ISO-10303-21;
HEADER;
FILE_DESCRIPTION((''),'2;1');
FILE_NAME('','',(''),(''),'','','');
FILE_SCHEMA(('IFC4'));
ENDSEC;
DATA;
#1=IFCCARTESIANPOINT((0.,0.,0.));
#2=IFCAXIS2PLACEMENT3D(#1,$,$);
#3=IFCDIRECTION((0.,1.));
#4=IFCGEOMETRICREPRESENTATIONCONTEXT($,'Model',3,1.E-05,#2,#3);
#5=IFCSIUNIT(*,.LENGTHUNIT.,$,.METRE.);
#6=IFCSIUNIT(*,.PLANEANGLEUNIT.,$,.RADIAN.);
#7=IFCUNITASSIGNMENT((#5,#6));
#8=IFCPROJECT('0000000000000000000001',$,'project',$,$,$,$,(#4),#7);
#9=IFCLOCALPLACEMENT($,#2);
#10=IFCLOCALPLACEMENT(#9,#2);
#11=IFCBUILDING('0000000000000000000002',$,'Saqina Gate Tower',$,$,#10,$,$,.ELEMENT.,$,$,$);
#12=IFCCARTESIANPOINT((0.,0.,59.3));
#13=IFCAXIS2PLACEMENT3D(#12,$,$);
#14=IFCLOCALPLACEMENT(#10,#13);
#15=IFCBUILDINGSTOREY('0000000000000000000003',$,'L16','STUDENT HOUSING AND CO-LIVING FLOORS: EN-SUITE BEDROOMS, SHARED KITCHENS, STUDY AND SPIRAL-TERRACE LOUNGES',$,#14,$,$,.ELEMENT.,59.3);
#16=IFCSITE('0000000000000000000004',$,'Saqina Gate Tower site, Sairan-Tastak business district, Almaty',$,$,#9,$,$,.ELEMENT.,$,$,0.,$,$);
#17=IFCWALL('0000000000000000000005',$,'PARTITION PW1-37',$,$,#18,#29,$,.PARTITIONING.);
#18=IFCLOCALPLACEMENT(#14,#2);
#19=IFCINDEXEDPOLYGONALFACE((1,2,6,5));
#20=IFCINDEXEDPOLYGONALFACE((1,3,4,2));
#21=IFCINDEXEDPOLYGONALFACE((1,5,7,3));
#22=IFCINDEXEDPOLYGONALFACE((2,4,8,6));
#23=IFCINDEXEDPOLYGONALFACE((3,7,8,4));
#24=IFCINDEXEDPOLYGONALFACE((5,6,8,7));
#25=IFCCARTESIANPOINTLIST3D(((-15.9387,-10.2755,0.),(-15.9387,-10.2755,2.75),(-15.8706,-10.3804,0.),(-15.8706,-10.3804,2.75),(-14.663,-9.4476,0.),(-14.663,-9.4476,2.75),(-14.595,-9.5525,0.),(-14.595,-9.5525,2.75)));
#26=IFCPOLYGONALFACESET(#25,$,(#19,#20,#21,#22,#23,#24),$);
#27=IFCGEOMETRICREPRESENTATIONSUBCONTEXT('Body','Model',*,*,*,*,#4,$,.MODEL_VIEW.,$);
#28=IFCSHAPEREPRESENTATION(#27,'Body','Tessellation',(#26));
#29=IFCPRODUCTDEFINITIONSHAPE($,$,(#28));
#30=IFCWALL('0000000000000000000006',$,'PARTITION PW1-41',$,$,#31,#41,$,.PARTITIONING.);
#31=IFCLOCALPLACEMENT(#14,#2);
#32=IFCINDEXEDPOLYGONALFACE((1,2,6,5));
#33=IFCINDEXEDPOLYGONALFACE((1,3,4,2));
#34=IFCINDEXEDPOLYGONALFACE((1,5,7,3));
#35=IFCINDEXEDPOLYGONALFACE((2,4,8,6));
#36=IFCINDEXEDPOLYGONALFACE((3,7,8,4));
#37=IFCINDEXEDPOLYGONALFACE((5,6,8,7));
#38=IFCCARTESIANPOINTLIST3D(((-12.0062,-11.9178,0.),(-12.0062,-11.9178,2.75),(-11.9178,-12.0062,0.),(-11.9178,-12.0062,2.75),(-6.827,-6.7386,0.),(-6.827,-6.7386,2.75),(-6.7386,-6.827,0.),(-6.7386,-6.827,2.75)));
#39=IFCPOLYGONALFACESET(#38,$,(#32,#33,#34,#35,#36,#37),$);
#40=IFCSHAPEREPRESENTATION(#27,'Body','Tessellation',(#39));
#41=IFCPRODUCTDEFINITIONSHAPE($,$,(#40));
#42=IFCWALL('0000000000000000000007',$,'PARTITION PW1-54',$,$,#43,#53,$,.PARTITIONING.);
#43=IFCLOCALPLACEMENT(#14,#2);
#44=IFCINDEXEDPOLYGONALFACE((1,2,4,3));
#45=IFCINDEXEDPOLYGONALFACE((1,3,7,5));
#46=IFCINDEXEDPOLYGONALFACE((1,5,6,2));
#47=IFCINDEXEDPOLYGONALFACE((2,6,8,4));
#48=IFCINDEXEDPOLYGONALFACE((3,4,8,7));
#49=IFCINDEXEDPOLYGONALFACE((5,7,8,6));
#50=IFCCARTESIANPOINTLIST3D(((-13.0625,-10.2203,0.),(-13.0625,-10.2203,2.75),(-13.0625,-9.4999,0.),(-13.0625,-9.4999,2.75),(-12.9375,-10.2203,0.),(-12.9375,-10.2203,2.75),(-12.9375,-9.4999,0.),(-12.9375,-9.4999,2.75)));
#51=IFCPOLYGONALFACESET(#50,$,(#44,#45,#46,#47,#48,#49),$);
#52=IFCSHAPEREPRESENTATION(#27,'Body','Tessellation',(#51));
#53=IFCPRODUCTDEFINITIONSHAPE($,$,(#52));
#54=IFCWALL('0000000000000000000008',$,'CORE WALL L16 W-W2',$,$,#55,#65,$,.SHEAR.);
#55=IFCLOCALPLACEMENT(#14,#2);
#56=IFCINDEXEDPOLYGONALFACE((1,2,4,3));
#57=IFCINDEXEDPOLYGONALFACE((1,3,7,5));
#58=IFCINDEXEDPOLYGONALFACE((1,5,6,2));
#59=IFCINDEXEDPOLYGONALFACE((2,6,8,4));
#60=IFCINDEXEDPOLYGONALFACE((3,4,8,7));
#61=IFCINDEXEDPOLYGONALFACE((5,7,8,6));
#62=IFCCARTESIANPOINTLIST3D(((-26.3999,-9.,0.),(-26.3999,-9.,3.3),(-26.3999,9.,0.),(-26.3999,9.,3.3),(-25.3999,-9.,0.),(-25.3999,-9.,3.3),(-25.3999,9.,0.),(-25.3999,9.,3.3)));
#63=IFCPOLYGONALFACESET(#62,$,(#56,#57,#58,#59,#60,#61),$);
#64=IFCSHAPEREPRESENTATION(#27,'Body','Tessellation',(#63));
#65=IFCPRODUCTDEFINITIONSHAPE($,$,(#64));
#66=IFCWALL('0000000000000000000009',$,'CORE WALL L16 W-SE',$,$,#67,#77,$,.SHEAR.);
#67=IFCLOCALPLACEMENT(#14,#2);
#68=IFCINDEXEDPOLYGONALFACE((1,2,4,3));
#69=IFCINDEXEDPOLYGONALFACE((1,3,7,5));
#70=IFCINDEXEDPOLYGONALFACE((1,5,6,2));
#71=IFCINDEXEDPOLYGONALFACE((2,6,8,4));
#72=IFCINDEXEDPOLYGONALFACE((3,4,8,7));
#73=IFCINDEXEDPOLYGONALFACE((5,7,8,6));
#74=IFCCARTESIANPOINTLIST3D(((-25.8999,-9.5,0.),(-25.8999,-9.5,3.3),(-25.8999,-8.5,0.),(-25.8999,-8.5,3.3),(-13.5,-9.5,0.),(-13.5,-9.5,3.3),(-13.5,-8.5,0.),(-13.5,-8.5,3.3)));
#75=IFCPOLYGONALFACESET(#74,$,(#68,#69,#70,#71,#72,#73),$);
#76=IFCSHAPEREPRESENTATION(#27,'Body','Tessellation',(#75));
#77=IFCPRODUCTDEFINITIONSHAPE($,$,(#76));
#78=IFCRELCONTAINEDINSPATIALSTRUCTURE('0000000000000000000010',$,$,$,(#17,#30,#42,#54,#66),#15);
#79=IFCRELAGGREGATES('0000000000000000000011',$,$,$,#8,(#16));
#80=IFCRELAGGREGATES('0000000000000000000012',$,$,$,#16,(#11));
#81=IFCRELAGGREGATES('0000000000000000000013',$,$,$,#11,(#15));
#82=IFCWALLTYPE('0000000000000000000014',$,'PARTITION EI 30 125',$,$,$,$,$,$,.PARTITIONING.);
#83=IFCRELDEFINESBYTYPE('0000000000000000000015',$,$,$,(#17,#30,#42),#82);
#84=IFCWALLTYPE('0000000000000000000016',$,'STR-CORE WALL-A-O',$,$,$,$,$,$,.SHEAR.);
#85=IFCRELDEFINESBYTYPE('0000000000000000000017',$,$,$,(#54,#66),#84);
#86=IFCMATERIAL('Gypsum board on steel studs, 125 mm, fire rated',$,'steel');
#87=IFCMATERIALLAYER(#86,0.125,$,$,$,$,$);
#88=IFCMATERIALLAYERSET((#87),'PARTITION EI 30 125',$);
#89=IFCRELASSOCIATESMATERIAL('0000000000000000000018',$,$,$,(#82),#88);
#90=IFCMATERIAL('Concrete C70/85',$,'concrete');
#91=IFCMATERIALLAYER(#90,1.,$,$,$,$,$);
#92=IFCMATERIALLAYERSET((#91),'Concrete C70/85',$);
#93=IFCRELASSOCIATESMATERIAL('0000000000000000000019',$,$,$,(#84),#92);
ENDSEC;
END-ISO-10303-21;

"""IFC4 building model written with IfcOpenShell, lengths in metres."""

from ifc_helpers import new_model, si_unit, direction, frame, frame_2d, origin, place, context, subcontext, project, spatial, rectangle, extrude, material, layer, layer_set, type_object, element, save


model = new_model("IFC4")

# Units and contexts
model_context = context("Model", 3, precision=1e-05, world=origin(), true_north=direction((0.0, 1.0)))
body_context = subcontext(model_context, "Body", "Model", "MODEL_VIEW")
ifc_project = project(units=[si_unit("LENGTHUNIT", "METRE"), si_unit("PLANEANGLEUNIT", "RADIAN")], contexts=[model_context])

# Site, building, storey
site_placement = place(None, origin())
site = spatial("IfcSite", under=ifc_project, at=site_placement, Name="Saqina Gate Tower site, Sairan-Tastak business district, Almaty", CompositionType="ELEMENT", RefElevation=0.0)
building_placement = place(site_placement, origin())
building = spatial("IfcBuilding", under=site, at=building_placement, Name="Saqina Gate Tower", CompositionType="ELEMENT")
storey_placement = place(building_placement, frame((0.0, 0.0, 59.3)))
storey = spatial("IfcBuildingStorey", under=building, at=storey_placement, Name="L16", Description="STUDENT HOUSING AND CO-LIVING FLOORS: EN-SUITE BEDROOMS, SHARED KITCHENS, STUDY AND SPIRAL-TERRACE LOUNGES", CompositionType="ELEMENT", Elevation=59.3)

# Shared definitions
ifc_material_1 = material(Name="Gypsum board on steel studs, 125 mm, fire rated", Category="steel")
ifc_layer_1 = layer(ifc_material_1, 0.125)
ifc_layer_set_1 = layer_set([ifc_layer_1], Name="PARTITION EI 30 125")
wall_type_1 = type_object("IfcWallType", Name="PARTITION EI 30 125", PredefinedType="PARTITIONING", material=ifc_layer_set_1)

# Walls
wall_1_placement = place(storey_placement, frame((-15.9045, -10.3279, 0.0), z_axis=(0.0, 0.0, 1.0), x_axis=(0.838829, 0.544396, 0.0)))
element("IfcWall", 1, at=wall_1_placement, inside=storey, type_object=wall_type_1, Name="PARTITION PW1-37", PredefinedType="PARTITIONING", context=body_context, shape_type="SweptSolid", body=[
    extrude(rectangle(XDim=1.5208, YDim=0.125, at=frame_2d((0.7603, 0.0))), origin(), (0.0, 0.0, 1.0), 2.75),
])
wall_2_placement = place(storey_placement, frame((-11.9619, -11.9619, 0.0), z_axis=(0.0, 0.0, 1.0), x_axis=(0.707107, 0.707107, 0.0)))
element("IfcWall", 2, at=wall_2_placement, inside=storey, type_object=wall_type_1, Name="PARTITION PW1-41", PredefinedType="PARTITIONING", context=body_context, shape_type="SweptSolid", body=[
    extrude(rectangle(XDim=7.3245, YDim=0.125, at=frame_2d((3.6621, 0.0))), origin(), (0.0, 0.0, 1.0), 2.75),
])
wall_3_placement = place(storey_placement, frame((-13.0, -10.2205, 0.0), z_axis=(0.0, 0.0, 1.0), x_axis=(0.0, 1.0, 0.0)))
element("IfcWall", 3, at=wall_3_placement, inside=storey, type_object=wall_type_1, Name="PARTITION PW1-54", PredefinedType="PARTITIONING", context=body_context, shape_type="SweptSolid", body=[
    extrude(rectangle(XDim=0.7205, YDim=0.125, at=frame_2d((0.3604, 0.0))), origin(), (0.0, 0.0, 1.0), 2.75),
])

# Shared definitions
ifc_material_2 = material(Name="Concrete C70/85", Category="concrete")
ifc_layer_2 = layer(ifc_material_2, 1.0)
ifc_layer_set_2 = layer_set([ifc_layer_2], Name="Concrete C70/85")
wall_type_2 = type_object("IfcWallType", Name="STR-CORE WALL-A-O", PredefinedType="SHEAR", material=ifc_layer_set_2)

# Walls
wall_4_placement = place(storey_placement, frame((-25.8999, -9.0, 0.0), z_axis=(0.0, 0.0, 1.0), x_axis=(0.0, 1.0, 0.0)))
element("IfcWall", 4, at=wall_4_placement, inside=storey, type_object=wall_type_2, Name="CORE WALL L16 W-W2", PredefinedType="SHEAR", context=body_context, shape_type="SweptSolid", body=[
    extrude(rectangle(XDim=18.0, YDim=1.0, at=frame_2d((9.0, 0.0))), origin(), (0.0, 0.0, 1.0), 3.3),
])
wall_5_placement = place(storey_placement, frame((-13.5, -9.0, 0.0), z_axis=(0.0, 0.0, 1.0), x_axis=(-1.0, 0.0, 0.0)))
element("IfcWall", 5, at=wall_5_placement, inside=storey, type_object=wall_type_2, Name="CORE WALL L16 W-SE", PredefinedType="SHEAR", context=body_context, shape_type="SweptSolid", body=[
    extrude(rectangle(XDim=12.3999, YDim=1.0, at=frame_2d((6.2, 0.0))), origin(), (0.0, 0.0, 1.0), 3.3),
])

save(model, "model.ifc")
